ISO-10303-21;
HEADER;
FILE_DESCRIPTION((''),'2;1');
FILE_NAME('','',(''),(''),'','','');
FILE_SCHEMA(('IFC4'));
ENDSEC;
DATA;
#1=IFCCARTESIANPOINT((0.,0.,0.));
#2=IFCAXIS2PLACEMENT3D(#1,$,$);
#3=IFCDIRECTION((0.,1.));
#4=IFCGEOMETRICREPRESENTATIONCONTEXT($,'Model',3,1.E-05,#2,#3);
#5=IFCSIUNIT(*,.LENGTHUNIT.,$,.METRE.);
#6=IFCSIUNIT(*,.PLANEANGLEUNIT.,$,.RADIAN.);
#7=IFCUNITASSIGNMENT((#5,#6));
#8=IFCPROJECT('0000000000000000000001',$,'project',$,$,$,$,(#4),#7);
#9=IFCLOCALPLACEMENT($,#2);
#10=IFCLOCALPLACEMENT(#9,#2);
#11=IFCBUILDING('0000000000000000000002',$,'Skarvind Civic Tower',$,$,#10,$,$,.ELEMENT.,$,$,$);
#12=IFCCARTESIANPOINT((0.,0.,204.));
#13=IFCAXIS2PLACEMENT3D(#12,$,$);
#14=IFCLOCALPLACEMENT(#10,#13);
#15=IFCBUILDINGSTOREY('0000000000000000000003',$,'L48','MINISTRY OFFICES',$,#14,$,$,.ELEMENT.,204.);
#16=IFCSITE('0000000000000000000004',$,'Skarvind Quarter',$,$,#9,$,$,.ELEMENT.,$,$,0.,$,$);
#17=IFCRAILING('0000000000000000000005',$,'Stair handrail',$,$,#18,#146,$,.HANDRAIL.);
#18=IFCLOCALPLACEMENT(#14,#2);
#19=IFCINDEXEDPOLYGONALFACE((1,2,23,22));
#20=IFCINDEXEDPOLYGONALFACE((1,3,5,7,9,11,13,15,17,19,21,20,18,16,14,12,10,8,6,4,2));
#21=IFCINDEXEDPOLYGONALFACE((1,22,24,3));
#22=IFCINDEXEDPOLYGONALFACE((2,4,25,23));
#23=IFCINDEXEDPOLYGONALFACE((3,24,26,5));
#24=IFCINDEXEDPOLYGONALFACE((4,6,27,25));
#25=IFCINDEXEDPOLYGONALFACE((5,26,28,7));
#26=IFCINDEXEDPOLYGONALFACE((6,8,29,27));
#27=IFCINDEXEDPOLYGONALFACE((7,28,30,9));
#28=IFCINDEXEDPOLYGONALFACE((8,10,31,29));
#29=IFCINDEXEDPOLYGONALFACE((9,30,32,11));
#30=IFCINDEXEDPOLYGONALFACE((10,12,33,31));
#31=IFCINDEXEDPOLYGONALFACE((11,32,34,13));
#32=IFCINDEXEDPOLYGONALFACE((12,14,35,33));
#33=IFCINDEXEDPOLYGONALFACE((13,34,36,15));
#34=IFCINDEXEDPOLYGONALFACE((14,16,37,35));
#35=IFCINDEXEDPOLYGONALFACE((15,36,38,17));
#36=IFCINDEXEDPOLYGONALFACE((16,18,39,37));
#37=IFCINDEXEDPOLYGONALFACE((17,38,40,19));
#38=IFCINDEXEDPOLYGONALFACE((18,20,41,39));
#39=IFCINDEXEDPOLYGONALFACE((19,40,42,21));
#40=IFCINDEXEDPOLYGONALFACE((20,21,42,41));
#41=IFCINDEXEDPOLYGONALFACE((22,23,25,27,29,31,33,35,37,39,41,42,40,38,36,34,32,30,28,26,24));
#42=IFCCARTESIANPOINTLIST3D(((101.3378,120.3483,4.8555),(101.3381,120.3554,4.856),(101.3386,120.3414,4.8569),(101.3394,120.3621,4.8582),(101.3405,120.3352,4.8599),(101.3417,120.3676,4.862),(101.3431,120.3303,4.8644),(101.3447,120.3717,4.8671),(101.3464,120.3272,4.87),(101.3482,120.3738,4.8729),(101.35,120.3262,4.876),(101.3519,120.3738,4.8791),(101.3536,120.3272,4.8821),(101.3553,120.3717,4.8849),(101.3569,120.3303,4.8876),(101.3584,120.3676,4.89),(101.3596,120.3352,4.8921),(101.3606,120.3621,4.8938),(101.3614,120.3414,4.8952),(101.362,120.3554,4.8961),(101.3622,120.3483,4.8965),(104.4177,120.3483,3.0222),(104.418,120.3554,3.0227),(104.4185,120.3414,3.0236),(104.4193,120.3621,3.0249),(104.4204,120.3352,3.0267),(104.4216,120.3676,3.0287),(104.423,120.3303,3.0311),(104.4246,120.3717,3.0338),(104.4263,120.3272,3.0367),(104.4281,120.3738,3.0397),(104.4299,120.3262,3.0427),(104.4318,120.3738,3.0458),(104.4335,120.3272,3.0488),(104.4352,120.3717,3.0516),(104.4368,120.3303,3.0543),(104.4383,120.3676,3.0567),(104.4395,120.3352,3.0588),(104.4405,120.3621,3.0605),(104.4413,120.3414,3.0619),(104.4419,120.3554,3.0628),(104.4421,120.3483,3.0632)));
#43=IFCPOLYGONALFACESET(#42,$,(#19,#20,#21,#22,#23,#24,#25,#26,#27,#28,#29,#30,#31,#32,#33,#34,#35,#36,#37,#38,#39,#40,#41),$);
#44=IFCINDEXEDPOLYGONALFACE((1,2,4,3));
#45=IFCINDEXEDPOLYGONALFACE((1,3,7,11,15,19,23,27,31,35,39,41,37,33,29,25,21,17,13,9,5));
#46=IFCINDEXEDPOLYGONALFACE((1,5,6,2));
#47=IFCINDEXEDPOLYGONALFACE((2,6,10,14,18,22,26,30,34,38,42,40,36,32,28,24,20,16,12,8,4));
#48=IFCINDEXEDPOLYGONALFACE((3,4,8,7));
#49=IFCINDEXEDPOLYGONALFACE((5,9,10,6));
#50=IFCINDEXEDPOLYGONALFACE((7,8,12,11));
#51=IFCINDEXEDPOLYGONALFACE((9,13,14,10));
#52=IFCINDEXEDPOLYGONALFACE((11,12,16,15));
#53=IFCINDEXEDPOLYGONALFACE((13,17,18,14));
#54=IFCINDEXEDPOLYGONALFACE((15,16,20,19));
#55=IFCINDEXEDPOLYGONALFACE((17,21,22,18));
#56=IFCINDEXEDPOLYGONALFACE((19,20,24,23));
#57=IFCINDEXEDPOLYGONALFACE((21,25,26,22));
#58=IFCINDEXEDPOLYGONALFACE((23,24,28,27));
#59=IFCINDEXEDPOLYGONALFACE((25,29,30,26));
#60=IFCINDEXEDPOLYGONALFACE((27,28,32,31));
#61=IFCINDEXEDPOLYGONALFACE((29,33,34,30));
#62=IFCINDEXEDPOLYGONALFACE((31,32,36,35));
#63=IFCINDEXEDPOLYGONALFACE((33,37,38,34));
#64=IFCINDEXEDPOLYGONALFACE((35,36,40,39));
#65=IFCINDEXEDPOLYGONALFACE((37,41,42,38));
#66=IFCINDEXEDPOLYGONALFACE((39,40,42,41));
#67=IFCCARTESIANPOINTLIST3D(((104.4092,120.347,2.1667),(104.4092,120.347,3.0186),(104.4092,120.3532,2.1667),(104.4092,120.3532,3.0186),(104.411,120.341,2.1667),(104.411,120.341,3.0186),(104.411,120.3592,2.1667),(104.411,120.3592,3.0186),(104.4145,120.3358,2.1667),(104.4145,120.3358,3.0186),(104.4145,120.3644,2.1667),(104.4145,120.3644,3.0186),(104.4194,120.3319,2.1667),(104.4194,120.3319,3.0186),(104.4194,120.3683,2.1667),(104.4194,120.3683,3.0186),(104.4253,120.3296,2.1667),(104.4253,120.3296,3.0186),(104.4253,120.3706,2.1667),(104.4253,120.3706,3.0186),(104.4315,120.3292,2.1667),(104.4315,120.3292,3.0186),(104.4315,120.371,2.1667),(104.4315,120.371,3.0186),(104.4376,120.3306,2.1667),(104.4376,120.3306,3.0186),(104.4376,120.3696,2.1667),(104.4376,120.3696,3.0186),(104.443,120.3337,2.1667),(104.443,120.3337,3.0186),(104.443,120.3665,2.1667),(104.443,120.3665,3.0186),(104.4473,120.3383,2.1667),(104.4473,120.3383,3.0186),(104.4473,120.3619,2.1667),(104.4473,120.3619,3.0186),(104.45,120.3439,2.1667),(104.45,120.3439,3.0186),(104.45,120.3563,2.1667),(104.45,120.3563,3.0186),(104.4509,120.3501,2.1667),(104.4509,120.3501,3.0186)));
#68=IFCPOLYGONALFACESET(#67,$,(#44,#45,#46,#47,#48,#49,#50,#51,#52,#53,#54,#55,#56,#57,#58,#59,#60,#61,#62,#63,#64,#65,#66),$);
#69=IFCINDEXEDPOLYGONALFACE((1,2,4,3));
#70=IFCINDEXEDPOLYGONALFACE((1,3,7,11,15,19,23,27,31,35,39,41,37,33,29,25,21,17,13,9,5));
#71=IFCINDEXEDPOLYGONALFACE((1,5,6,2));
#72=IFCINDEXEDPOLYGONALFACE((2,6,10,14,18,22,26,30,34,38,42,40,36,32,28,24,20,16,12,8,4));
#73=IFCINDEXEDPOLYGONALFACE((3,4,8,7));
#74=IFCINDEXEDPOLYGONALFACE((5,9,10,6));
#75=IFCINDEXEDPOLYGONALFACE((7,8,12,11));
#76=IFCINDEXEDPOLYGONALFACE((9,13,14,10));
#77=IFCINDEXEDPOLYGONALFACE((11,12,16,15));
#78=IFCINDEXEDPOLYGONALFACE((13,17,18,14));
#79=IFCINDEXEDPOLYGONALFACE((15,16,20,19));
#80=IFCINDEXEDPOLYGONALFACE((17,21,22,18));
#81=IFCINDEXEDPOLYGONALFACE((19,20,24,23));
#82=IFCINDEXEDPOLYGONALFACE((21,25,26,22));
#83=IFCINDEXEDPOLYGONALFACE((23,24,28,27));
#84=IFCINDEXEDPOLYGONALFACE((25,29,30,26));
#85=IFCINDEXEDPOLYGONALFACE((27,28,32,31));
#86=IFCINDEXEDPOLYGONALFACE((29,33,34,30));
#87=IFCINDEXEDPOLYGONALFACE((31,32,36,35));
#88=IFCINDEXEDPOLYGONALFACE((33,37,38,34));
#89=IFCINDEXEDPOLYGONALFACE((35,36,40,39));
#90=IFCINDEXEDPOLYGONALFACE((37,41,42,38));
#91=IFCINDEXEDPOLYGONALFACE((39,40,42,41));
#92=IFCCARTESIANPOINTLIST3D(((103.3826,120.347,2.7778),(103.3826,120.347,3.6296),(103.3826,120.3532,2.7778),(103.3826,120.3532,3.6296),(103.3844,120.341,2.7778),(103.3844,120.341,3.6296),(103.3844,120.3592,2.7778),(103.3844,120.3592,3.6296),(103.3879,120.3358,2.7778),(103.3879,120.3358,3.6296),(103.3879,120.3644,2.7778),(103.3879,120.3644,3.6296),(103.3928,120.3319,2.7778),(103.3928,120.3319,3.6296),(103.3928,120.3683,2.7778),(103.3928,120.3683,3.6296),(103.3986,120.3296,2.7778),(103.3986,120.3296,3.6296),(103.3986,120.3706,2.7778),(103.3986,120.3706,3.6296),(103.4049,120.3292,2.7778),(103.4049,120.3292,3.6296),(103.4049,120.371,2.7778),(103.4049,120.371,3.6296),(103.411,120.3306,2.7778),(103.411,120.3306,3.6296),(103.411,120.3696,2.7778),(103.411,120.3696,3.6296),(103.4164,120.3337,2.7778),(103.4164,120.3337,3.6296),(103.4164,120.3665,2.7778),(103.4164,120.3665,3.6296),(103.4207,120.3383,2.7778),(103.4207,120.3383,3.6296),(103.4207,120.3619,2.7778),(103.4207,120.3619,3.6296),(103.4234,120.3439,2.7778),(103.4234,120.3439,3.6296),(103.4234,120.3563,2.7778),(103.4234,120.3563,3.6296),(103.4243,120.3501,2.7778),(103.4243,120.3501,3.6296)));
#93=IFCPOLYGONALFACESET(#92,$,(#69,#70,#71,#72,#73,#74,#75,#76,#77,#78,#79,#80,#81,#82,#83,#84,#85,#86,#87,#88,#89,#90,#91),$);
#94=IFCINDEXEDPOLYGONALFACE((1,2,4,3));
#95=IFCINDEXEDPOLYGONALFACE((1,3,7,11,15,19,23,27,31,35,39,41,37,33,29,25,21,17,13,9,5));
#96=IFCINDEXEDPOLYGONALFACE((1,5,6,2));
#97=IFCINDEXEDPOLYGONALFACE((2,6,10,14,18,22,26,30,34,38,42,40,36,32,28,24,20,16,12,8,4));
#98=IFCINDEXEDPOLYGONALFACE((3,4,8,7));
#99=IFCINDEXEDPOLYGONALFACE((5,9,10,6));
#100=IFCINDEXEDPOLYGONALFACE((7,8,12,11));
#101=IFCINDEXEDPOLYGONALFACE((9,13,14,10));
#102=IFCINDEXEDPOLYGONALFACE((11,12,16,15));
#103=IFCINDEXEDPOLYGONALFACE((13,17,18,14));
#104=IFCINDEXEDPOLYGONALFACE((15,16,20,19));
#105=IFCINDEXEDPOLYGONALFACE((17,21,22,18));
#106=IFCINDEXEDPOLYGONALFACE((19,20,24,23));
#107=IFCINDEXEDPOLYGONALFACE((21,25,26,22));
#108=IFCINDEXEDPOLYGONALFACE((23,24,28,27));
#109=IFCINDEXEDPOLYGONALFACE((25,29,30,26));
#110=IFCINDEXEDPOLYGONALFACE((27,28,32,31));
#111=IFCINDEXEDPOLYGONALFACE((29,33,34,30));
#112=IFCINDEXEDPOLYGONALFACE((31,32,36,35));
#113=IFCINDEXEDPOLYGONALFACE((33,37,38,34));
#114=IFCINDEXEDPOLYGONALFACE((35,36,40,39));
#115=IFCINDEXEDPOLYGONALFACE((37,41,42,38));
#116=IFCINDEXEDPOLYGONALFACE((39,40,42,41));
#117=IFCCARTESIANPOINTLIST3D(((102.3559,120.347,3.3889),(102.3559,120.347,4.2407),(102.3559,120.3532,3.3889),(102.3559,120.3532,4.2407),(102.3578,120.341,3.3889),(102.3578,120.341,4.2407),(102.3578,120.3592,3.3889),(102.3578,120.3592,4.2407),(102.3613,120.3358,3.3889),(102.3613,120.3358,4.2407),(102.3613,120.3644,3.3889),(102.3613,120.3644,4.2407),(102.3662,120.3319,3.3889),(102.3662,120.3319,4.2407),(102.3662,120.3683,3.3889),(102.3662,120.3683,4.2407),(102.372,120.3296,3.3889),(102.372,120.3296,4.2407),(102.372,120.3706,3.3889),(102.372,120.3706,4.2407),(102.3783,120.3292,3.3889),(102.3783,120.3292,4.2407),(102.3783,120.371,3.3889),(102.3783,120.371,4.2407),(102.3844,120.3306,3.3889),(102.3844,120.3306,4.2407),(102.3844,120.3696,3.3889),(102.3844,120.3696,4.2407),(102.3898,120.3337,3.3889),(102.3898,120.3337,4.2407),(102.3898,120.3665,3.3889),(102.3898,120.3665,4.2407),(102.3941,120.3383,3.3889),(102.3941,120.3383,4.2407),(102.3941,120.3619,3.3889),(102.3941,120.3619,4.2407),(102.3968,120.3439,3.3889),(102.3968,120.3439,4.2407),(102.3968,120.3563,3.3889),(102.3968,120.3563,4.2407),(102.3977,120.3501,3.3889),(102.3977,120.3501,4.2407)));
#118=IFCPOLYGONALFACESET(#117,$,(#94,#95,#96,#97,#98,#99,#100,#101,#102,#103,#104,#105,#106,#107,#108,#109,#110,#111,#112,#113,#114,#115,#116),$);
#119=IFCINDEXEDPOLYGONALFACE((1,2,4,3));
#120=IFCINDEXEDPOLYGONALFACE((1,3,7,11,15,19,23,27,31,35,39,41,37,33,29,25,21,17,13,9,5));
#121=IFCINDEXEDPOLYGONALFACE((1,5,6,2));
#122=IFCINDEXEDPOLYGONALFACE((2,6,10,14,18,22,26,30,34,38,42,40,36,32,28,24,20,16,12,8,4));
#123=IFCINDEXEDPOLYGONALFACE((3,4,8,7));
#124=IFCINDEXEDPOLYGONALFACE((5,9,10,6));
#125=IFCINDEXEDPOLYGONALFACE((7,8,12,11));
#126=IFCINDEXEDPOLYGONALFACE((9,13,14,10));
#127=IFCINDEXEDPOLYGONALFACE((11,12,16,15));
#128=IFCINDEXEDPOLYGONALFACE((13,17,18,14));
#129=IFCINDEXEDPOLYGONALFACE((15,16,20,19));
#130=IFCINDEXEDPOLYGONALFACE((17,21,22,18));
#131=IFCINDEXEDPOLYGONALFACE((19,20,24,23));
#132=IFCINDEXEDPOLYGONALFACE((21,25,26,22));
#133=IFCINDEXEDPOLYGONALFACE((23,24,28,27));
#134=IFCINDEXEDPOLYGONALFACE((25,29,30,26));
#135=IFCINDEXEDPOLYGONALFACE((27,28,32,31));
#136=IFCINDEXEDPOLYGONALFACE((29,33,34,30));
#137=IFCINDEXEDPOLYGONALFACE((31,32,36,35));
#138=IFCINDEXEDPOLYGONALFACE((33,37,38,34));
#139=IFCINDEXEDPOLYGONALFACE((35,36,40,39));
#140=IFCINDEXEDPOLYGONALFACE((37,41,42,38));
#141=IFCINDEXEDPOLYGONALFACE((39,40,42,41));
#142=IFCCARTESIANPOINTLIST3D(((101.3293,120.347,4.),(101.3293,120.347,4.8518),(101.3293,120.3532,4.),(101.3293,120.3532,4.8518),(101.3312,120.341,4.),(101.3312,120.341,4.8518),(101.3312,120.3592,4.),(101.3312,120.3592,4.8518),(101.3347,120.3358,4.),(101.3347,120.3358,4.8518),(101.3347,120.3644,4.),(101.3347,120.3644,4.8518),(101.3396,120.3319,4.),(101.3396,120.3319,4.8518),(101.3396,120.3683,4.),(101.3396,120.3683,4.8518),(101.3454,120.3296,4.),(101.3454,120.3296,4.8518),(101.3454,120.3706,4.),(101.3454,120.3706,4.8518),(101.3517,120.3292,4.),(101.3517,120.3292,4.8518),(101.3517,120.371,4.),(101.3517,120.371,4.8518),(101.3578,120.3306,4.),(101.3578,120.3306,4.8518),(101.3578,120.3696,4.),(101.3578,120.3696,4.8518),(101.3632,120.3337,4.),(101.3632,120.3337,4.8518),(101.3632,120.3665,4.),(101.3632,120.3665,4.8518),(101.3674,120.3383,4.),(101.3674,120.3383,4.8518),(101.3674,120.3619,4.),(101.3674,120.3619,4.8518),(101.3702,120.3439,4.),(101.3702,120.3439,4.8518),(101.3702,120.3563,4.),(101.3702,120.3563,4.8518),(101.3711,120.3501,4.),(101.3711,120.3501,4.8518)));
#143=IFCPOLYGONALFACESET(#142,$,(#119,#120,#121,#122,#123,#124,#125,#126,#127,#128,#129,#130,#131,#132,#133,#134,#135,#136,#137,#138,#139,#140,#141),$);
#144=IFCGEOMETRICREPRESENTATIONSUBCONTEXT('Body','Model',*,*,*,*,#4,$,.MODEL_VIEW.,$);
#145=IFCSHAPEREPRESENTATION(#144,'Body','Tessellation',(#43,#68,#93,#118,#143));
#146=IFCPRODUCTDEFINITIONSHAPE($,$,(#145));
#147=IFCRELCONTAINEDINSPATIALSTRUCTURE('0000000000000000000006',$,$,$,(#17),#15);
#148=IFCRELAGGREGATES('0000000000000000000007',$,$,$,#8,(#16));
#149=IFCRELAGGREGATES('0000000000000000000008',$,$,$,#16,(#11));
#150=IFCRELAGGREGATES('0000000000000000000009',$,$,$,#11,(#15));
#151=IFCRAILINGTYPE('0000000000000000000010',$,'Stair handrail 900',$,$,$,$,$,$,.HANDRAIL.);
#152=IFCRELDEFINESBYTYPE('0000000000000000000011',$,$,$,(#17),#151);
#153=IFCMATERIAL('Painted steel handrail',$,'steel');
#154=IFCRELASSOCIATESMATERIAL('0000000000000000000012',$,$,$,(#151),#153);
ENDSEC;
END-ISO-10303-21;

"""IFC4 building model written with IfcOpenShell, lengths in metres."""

from ifc_helpers import new_model, si_unit, direction, frame, origin, origin_2d, place, context, subcontext, project, spatial, circle, extrude, material, type_object, element, save


model = new_model("IFC4")

# Units and contexts
model_context = context("Model", 3, precision=1e-05, world=origin(), true_north=direction((0.0, 1.0)))
body_context = subcontext(model_context, "Body", "Model", "MODEL_VIEW")
ifc_project = project(units=[si_unit("LENGTHUNIT", "METRE"), si_unit("PLANEANGLEUNIT", "RADIAN")], contexts=[model_context])

# Site, building, storey
site_placement = place(None, origin())
site = spatial("IfcSite", under=ifc_project, at=site_placement, Name="Skarvind Quarter", CompositionType="ELEMENT", RefElevation=0.0)
building_placement = place(site_placement, origin())
building = spatial("IfcBuilding", under=site, at=building_placement, Name="Skarvind Civic Tower", CompositionType="ELEMENT")
storey_placement = place(building_placement, frame((0.0, 0.0, 204.0)))
storey = spatial("IfcBuildingStorey", under=building, at=storey_placement, Name="L48", Description="MINISTRY OFFICES", CompositionType="ELEMENT", Elevation=204.0)

# Railing
ifc_material_1 = material(Name="Painted steel handrail", Category="steel")
railing_type = type_object("IfcRailingType", Name="Stair handrail 900", PredefinedType="HANDRAIL", material=ifc_material_1)
railing_1_placement = place(storey_placement, frame((104.4299, 120.3501, 2.1667)))
element("IfcRailing", 1, at=railing_1_placement, inside=storey, type_object=railing_type, Name="Stair handrail", PredefinedType="HANDRAIL", context=body_context, shape_type="SweptSolid", body=[
    extrude(circle(Radius=0.0239, at=origin_2d()), frame((0.0, 0.0, 0.876), z_axis=(-0.859291, 0.0, 0.511487), x_axis=(0.0, -1.0, 0.0)), (0.0, 0.0, 1.0), 3.5842),
    extrude(circle(Radius=0.021, at=origin_2d()), origin(), (0.0, 0.0, 1.0), 0.8518),
    extrude(circle(Radius=0.021, at=origin_2d()), frame((-1.0266, 0.0, 0.6111)), (0.0, 0.0, 1.0), 0.8518),
    extrude(circle(Radius=0.021, at=origin_2d()), frame((-2.0532, 0.0, 1.2222)), (0.0, 0.0, 1.0), 0.8518),
    extrude(circle(Radius=0.021, at=origin_2d()), frame((-3.0798, 0.0, 1.8333)), (0.0, 0.0, 1.0), 0.8518),
])

save(model, "model.ifc")
